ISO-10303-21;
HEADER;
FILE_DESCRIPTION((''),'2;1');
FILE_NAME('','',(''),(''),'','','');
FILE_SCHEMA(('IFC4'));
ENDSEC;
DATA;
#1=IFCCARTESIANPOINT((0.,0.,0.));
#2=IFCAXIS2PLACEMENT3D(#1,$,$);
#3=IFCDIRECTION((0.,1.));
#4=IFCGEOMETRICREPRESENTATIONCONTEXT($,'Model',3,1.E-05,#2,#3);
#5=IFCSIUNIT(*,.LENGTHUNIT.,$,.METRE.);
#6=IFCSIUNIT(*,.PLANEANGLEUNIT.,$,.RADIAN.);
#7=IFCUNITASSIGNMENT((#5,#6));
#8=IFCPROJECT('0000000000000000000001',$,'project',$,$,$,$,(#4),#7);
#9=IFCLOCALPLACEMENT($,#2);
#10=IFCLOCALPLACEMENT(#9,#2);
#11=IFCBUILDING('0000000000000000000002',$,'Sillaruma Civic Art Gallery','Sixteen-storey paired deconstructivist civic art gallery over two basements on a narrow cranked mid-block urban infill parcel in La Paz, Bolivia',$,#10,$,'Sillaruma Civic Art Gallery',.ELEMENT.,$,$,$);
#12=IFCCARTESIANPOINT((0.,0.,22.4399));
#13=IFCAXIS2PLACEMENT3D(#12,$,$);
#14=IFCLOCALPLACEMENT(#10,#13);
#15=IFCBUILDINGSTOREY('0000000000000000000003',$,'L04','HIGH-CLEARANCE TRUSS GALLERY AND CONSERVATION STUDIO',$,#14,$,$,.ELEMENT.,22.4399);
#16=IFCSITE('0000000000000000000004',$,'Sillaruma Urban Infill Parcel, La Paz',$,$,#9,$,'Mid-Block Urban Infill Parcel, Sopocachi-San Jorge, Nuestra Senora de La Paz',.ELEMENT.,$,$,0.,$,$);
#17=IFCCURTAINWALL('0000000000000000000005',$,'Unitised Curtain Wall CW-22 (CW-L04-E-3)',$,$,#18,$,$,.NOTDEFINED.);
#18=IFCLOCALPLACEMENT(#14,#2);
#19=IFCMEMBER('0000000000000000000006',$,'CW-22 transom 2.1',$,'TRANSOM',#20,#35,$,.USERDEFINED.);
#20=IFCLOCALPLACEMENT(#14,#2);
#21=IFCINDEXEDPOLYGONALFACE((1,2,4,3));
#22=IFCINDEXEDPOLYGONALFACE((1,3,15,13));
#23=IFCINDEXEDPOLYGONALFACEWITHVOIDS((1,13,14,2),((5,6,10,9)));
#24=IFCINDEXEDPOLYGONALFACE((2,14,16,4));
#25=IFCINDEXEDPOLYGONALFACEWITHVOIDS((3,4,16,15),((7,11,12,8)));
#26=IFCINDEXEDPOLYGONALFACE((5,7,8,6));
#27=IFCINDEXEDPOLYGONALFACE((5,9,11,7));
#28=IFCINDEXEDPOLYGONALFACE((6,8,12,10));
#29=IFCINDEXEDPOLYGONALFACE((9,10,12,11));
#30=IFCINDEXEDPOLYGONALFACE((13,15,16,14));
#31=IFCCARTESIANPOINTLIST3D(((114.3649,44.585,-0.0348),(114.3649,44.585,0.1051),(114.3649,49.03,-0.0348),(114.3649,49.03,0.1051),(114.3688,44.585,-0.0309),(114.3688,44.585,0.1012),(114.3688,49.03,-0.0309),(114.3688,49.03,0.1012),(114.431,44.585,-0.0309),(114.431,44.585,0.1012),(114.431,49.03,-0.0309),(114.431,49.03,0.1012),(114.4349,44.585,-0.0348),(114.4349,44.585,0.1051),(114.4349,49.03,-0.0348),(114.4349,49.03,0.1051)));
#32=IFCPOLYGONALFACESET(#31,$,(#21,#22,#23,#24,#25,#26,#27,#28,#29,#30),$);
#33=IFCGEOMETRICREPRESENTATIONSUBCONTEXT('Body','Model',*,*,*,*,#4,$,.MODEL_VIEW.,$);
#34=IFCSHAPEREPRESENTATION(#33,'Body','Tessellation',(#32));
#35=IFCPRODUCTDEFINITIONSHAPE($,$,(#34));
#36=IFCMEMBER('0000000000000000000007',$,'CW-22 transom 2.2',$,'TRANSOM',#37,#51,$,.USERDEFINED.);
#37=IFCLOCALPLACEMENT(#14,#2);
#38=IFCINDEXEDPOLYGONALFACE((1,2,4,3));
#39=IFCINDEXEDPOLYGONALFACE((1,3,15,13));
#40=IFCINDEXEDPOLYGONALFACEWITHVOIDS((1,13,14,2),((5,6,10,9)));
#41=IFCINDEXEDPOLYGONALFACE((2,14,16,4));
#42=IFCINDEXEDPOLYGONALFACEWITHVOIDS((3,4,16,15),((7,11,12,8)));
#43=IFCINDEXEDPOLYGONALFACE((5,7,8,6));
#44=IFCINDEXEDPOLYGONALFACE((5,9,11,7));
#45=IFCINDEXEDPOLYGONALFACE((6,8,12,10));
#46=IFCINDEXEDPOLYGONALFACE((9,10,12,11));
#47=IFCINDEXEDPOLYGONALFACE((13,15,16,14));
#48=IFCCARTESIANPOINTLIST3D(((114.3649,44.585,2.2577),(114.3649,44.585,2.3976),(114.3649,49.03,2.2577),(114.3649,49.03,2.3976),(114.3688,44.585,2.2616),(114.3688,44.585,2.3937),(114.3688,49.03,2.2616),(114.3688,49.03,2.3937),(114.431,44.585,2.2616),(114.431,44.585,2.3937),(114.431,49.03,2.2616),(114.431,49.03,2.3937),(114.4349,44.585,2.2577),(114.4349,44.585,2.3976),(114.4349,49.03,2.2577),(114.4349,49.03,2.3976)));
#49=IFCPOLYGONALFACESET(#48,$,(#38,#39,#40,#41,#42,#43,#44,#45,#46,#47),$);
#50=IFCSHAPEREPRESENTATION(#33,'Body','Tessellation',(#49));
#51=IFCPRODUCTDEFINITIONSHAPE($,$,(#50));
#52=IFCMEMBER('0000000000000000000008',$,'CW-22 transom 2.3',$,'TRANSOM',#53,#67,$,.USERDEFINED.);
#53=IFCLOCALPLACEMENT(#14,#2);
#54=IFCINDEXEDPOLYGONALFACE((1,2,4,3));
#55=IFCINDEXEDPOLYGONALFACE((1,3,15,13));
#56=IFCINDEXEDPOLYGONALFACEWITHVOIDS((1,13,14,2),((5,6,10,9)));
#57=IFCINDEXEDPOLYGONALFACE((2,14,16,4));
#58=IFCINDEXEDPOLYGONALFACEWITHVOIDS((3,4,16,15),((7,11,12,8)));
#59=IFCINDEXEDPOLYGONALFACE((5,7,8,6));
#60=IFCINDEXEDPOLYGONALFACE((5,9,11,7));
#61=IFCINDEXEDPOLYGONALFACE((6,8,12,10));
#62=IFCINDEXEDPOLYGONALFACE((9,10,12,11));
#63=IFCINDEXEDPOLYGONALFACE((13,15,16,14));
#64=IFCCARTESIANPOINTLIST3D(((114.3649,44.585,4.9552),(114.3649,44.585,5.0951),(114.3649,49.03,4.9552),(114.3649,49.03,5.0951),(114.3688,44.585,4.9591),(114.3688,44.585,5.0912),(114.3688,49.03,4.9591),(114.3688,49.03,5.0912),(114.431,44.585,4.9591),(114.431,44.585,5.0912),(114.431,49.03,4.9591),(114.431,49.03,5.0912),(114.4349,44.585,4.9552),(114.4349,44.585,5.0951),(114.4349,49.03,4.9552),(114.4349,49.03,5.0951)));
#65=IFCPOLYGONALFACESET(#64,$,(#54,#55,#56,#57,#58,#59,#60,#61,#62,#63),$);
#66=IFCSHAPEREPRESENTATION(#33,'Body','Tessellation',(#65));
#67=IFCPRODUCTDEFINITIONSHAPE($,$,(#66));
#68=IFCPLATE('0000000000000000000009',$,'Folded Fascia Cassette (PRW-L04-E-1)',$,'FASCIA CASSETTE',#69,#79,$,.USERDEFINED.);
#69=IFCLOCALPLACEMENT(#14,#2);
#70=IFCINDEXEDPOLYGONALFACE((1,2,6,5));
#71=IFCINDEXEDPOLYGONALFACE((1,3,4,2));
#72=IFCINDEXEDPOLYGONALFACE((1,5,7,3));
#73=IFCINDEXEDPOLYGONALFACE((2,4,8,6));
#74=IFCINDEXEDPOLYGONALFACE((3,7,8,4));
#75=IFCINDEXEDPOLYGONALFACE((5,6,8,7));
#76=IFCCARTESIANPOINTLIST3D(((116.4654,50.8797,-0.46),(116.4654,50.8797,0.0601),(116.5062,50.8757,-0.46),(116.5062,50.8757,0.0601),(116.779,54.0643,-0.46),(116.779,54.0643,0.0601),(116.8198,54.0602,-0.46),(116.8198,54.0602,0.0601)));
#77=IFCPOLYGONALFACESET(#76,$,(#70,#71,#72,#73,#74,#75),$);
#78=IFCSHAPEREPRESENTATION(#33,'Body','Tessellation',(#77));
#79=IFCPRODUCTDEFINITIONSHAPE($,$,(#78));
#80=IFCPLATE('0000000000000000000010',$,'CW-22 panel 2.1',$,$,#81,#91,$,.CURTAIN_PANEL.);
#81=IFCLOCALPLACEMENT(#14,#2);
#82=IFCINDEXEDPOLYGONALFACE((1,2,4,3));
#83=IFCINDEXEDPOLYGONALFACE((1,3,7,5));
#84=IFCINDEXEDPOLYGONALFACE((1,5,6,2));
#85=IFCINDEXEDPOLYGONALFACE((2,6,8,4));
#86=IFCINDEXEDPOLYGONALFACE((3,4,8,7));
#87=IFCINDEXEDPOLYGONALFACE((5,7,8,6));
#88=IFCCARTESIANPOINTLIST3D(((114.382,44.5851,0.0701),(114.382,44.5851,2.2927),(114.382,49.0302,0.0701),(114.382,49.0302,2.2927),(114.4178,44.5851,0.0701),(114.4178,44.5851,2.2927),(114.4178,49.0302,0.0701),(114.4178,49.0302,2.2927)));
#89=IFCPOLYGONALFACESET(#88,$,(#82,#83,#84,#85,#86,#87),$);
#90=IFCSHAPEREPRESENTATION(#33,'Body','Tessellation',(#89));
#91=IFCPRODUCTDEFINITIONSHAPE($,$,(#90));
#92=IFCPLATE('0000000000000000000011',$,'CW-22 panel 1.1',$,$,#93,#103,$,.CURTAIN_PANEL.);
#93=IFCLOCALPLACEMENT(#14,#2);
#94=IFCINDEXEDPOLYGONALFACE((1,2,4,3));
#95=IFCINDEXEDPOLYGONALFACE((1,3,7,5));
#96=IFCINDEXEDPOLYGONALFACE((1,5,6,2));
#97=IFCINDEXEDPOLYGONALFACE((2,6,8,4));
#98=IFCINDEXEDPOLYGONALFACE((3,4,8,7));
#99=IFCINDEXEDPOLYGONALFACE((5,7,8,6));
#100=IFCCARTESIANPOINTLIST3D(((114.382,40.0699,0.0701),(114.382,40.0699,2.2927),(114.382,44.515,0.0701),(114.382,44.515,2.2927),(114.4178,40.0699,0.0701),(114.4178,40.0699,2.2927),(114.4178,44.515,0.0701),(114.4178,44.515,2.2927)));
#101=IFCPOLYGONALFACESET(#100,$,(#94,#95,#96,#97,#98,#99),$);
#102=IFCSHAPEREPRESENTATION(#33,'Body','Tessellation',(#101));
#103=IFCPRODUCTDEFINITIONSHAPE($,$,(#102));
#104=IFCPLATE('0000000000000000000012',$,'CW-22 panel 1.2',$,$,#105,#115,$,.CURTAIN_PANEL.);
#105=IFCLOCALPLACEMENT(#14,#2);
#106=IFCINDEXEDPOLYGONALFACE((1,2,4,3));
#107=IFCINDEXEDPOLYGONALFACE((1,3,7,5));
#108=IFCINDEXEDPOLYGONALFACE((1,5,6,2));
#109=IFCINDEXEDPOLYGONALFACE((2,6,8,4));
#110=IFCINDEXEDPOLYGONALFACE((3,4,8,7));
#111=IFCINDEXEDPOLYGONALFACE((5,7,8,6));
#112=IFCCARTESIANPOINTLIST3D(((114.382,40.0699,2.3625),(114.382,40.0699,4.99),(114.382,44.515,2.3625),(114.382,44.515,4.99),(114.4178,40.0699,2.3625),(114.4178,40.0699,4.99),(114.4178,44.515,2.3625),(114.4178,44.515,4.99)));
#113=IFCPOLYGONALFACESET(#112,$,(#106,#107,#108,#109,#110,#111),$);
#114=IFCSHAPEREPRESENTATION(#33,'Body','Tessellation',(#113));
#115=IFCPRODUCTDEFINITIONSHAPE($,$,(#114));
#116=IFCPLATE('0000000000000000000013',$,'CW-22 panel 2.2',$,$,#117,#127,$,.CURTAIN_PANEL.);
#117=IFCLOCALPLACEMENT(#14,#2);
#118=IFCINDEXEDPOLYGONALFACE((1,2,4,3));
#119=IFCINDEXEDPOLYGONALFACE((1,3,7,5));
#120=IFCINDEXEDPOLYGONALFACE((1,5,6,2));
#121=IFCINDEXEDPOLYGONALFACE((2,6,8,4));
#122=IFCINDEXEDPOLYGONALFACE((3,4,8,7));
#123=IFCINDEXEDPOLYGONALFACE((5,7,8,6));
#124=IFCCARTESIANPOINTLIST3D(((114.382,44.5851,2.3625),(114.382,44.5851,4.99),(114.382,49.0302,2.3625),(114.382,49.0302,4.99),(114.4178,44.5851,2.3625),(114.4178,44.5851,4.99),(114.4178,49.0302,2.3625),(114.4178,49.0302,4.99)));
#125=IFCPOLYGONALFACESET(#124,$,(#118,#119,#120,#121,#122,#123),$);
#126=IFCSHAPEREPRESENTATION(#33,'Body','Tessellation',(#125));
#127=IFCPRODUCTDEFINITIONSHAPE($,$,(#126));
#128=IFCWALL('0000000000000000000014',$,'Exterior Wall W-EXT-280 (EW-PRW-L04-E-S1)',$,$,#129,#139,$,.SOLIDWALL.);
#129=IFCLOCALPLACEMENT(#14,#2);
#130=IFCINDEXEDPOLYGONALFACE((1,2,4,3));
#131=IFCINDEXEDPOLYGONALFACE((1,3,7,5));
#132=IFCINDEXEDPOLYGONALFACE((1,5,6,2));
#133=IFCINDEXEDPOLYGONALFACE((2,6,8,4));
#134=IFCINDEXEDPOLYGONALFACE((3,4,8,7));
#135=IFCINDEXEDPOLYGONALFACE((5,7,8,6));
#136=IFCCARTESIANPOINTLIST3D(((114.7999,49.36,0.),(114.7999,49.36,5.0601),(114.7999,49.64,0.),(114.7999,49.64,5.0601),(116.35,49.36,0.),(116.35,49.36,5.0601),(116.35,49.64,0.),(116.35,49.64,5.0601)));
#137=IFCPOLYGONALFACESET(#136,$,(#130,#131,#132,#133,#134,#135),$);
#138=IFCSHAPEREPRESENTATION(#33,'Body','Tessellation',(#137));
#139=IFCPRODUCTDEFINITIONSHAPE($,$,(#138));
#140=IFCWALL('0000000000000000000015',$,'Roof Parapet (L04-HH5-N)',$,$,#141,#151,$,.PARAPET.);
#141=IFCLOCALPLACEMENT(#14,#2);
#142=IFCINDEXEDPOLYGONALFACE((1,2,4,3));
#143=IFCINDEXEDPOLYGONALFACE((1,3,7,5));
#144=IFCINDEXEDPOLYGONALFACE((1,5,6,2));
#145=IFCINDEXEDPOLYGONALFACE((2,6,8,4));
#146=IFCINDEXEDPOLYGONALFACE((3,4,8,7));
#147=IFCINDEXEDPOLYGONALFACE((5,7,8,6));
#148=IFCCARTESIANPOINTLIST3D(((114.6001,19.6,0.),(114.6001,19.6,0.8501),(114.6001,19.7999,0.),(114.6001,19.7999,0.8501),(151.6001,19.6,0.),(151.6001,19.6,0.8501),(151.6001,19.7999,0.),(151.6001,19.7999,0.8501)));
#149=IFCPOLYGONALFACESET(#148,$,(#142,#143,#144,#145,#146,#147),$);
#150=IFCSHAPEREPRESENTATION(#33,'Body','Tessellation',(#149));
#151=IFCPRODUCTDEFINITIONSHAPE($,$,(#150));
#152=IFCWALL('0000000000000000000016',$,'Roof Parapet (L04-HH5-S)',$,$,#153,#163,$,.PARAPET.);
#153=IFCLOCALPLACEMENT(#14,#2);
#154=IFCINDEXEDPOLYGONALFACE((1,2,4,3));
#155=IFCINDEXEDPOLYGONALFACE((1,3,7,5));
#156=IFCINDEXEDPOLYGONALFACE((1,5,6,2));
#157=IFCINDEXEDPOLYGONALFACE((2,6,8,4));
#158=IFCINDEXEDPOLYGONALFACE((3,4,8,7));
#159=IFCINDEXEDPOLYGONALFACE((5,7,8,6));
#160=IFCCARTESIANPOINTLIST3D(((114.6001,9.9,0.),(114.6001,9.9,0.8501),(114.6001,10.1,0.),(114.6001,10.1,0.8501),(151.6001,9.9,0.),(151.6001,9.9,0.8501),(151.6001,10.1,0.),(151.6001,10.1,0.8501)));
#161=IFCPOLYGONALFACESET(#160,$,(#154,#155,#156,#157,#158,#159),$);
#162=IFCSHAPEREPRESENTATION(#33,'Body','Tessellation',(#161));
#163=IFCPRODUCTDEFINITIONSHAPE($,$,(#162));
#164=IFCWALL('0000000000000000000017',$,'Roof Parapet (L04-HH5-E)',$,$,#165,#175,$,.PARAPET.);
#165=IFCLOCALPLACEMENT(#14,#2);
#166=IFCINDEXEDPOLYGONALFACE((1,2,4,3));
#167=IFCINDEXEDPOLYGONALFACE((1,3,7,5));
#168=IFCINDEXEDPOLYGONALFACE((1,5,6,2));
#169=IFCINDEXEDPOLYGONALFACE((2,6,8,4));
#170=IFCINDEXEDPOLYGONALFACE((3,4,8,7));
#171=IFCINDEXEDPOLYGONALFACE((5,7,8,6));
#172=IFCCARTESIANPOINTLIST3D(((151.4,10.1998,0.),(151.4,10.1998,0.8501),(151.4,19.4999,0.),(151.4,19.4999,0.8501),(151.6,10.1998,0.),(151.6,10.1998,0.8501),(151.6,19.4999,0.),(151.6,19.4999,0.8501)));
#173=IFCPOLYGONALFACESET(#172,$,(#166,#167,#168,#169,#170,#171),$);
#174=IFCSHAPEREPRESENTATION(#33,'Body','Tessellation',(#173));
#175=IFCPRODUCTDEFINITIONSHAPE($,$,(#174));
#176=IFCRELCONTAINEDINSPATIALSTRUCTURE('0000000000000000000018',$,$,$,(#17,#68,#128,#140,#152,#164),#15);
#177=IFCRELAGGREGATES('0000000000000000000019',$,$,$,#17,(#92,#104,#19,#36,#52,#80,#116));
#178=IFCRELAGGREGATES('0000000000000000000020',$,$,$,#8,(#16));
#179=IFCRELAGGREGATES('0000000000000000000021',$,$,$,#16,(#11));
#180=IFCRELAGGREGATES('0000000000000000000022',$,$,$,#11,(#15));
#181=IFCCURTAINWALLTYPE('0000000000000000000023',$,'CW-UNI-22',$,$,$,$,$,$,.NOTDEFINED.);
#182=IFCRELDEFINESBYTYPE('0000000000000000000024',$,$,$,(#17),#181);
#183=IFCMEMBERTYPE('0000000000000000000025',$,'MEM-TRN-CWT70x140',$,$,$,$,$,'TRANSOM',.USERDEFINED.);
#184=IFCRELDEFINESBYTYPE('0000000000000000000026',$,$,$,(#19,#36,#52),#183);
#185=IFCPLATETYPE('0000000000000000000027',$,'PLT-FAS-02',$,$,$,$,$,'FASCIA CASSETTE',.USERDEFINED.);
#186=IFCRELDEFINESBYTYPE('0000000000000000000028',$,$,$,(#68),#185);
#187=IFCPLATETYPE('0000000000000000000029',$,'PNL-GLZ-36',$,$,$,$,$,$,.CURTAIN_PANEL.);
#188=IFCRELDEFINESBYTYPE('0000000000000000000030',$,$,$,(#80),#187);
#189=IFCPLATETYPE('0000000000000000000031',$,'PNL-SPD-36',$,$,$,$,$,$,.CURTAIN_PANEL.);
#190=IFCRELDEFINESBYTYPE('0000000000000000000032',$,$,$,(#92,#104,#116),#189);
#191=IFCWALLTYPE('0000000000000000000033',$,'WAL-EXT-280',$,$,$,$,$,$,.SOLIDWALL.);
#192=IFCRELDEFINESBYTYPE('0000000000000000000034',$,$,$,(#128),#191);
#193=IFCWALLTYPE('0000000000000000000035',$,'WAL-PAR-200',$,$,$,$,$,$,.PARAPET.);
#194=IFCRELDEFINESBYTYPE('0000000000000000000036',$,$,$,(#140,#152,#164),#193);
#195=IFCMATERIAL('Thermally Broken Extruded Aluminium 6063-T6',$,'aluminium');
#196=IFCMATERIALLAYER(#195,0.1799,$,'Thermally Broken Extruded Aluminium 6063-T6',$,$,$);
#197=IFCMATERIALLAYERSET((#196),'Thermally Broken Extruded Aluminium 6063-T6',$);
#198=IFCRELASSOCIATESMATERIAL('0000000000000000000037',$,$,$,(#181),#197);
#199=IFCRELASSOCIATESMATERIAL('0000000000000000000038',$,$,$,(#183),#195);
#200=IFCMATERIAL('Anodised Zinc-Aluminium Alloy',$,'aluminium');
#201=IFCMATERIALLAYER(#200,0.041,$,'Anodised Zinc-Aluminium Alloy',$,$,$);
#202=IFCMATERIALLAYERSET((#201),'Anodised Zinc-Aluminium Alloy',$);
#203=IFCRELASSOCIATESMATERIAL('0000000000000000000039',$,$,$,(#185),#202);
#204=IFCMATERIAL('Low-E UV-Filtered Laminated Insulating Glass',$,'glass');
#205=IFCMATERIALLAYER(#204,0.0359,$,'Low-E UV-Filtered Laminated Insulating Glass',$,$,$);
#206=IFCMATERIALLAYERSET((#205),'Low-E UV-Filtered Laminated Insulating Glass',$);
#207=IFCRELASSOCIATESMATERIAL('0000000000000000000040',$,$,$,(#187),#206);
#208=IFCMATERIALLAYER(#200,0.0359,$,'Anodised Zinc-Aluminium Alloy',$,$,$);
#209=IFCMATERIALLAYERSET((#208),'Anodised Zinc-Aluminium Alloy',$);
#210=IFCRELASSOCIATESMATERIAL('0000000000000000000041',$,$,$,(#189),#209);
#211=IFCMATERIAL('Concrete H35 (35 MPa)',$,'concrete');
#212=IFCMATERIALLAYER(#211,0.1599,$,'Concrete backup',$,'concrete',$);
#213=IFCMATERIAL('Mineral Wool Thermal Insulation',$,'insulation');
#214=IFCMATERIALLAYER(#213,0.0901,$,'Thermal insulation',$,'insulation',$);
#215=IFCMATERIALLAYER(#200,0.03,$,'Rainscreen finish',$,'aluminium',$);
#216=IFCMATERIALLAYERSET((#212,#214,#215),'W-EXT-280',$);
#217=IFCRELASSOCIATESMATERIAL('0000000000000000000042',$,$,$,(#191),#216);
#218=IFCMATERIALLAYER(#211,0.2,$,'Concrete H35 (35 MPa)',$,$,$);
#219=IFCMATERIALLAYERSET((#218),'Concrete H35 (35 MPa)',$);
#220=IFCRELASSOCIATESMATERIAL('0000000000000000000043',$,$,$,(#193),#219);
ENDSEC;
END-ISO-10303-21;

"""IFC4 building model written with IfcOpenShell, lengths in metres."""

from ifc_helpers import new_model, si_unit, direction, frame, frame_2d, origin, origin_2d, place, context, subcontext, project, spatial, rectangle, hollow_rectangle, extrude, material, layer, layer_set, material_profile, profile_set, type_object, element, aggregate, save


model = new_model("IFC4")

# Units and contexts
model_context = context("Model", 3, precision=1e-05, world=origin(), true_north=direction((0.0, 1.0)))
body_context = subcontext(model_context, "Body", "Model", "MODEL_VIEW")
ifc_project = project(units=[si_unit("LENGTHUNIT", "METRE"), si_unit("PLANEANGLEUNIT", "RADIAN")], contexts=[model_context])

# Site, building, storey
site_placement = place(None, origin())
site = spatial("IfcSite", under=ifc_project, at=site_placement, Name="Sillaruma Urban Infill Parcel, La Paz", LongName="Mid-Block Urban Infill Parcel, Sopocachi-San Jorge, Nuestra Senora de La Paz", CompositionType="ELEMENT", RefElevation=0.0)
building_placement = place(site_placement, origin())
building = spatial("IfcBuilding", under=site, at=building_placement, Name="Sillaruma Civic Art Gallery", Description="Sixteen-storey paired deconstructivist civic art gallery over two basements on a narrow cranked mid-block urban infill parcel in La Paz, Bolivia", LongName="Sillaruma Civic Art Gallery", CompositionType="ELEMENT")
storey_placement = place(building_placement, frame((0.0, 0.0, 22.4399)))
storey = spatial("IfcBuildingStorey", under=building, at=storey_placement, Name="L04", Description="HIGH-CLEARANCE TRUSS GALLERY AND CONSERVATION STUDIO", CompositionType="ELEMENT", Elevation=22.4399)

# Shared definitions
ifc_material_1 = material(Name="Concrete H35 (35 MPa)", Category="concrete")

# Shared definitions
ifc_material_2 = material(Name="Thermally Broken Extruded Aluminium 6063-T6", Category="aluminium")

# Curtain wall
ifc_layer_1 = layer(ifc_material_2, 0.1799, Name="Thermally Broken Extruded Aluminium 6063-T6")
ifc_layer_set_1 = layer_set([ifc_layer_1], Name="Thermally Broken Extruded Aluminium 6063-T6")
curtain_wall_type_1 = type_object("IfcCurtainWallType", Name="CW-UNI-22", PredefinedType="NOTDEFINED", material=ifc_layer_set_1)
curtain_wall_1_placement = place(storey_placement, origin())
curtain_wall_1 = element("IfcCurtainWall", 1, at=curtain_wall_1_placement, inside=storey, type_object=curtain_wall_type_1, Name="Unitised Curtain Wall CW-22 (CW-L04-E-3)", PredefinedType="NOTDEFINED")

# Members
ifc_material_profile_1 = material_profile(ifc_material_2, hollow_rectangle(XDim=0.0701, YDim=0.1399, WallThickness=0.0039, at=origin_2d()), Name="CWT70x140")
ifc_profile_set_1 = profile_set([ifc_material_profile_1], Name="Thermally Broken Extruded Aluminium 6063-T6")
member_type_1 = type_object("IfcMemberType", Name="MEM-TRN-CWT70x140", ElementType="TRANSOM", PredefinedType="USERDEFINED", material=ifc_profile_set_1)
member_1_placement = place(storey_placement, frame((114.3999, 44.585, 0.0352), z_axis=(0.0, 1.0, 0.0), x_axis=(-1.0, 0.0, 0.0)))
member_1 = element("IfcMember", 2, at=member_1_placement, type_object=member_type_1, Name="CW-22 transom 2.1", ObjectType="TRANSOM", PredefinedType="USERDEFINED", context=body_context, shape_type="SweptSolid", body=[
    extrude(hollow_rectangle(XDim=0.0701, YDim=0.1399, WallThickness=0.0039, at=origin_2d()), origin(), (0.0, 0.0, 1.0), 4.4451),
])
member_2_placement = place(storey_placement, frame((114.3999, 44.585, 2.3276), z_axis=(0.0, 1.0, 0.0), x_axis=(-1.0, 0.0, 0.0)))
member_2 = element("IfcMember", 3, at=member_2_placement, type_object=member_type_1, Name="CW-22 transom 2.2", ObjectType="TRANSOM", PredefinedType="USERDEFINED", context=body_context, shape_type="SweptSolid", body=[
    extrude(hollow_rectangle(XDim=0.0701, YDim=0.1399, WallThickness=0.0039, at=origin_2d()), origin(), (0.0, 0.0, 1.0), 4.4451),
])
member_3_placement = place(storey_placement, frame((114.3999, 44.585, 5.0251), z_axis=(0.0, 1.0, 0.0), x_axis=(-1.0, 0.0, 0.0)))
member_3 = element("IfcMember", 4, at=member_3_placement, type_object=member_type_1, Name="CW-22 transom 2.3", ObjectType="TRANSOM", PredefinedType="USERDEFINED", context=body_context, shape_type="SweptSolid", body=[
    extrude(hollow_rectangle(XDim=0.0701, YDim=0.1399, WallThickness=0.0039, at=origin_2d()), origin(), (0.0, 0.0, 1.0), 4.4451),
])

# Plates
ifc_material_3 = material(Name="Anodised Zinc-Aluminium Alloy", Category="aluminium")
ifc_layer_2 = layer(ifc_material_3, 0.041, Name="Anodised Zinc-Aluminium Alloy")
ifc_layer_set_2 = layer_set([ifc_layer_2], Name="Anodised Zinc-Aluminium Alloy")
plate_type_1 = type_object("IfcPlateType", Name="PLT-FAS-02", ElementType="FASCIA CASSETTE", PredefinedType="USERDEFINED", material=ifc_layer_set_2)
plate_1_placement = place(storey_placement, frame((116.6426, 52.47, -0.46), z_axis=(0.0, 0.0, 1.0), x_axis=(0.098011, 0.995185, 0.0)))
element("IfcPlate", 5, at=plate_1_placement, inside=storey, type_object=plate_type_1, Name="Folded Fascia Cassette (PRW-L04-E-1)", ObjectType="FASCIA CASSETTE", PredefinedType="USERDEFINED", context=body_context, shape_type="SweptSolid", body=[
    extrude(rectangle(XDim=3.2, YDim=0.041, at=origin_2d()), origin(), (0.0, 0.0, 1.0), 0.52),
])
ifc_material_4 = material(Name="Low-E UV-Filtered Laminated Insulating Glass", Category="glass")
ifc_layer_3 = layer(ifc_material_4, 0.0359, Name="Low-E UV-Filtered Laminated Insulating Glass")
ifc_layer_set_3 = layer_set([ifc_layer_3], Name="Low-E UV-Filtered Laminated Insulating Glass")
plate_type_2 = type_object("IfcPlateType", Name="PNL-GLZ-36", PredefinedType="CURTAIN_PANEL", material=ifc_layer_set_3)
plate_2_placement = place(storey_placement, frame((114.3999, 46.8076, 0.0701), z_axis=(0.0, 0.0, 1.0), x_axis=(0.0, 1.0, 0.0)))
plate_2 = element("IfcPlate", 6, at=plate_2_placement, type_object=plate_type_2, Name="CW-22 panel 2.1", PredefinedType="CURTAIN_PANEL", context=body_context, shape_type="SweptSolid", body=[
    extrude(rectangle(XDim=4.4451, YDim=0.0359, at=origin_2d()), origin(), (0.0, 0.0, 1.0), 2.2227),
])
ifc_layer_4 = layer(ifc_material_3, 0.0359, Name="Anodised Zinc-Aluminium Alloy")
ifc_layer_set_4 = layer_set([ifc_layer_4], Name="Anodised Zinc-Aluminium Alloy")
plate_type_3 = type_object("IfcPlateType", Name="PNL-SPD-36", PredefinedType="CURTAIN_PANEL", material=ifc_layer_set_4)
plate_3_placement = place(storey_placement, frame((114.3999, 42.2925, 0.0701), z_axis=(0.0, 0.0, 1.0), x_axis=(0.0, 1.0, 0.0)))
plate_3 = element("IfcPlate", 7, at=plate_3_placement, type_object=plate_type_3, Name="CW-22 panel 1.1", PredefinedType="CURTAIN_PANEL", context=body_context, shape_type="SweptSolid", body=[
    extrude(rectangle(XDim=4.4451, YDim=0.0359, at=origin_2d()), origin(), (0.0, 0.0, 1.0), 2.2227),
])
plate_4_placement = place(storey_placement, frame((114.3999, 42.2925, 2.3625), z_axis=(0.0, 0.0, 1.0), x_axis=(0.0, 1.0, 0.0)))
plate_4 = element("IfcPlate", 8, at=plate_4_placement, type_object=plate_type_3, Name="CW-22 panel 1.2", PredefinedType="CURTAIN_PANEL", context=body_context, shape_type="SweptSolid", body=[
    extrude(rectangle(XDim=4.4451, YDim=0.0359, at=origin_2d()), origin(), (0.0, 0.0, 1.0), 2.6274),
])
plate_5_placement = place(storey_placement, frame((114.3999, 46.8076, 2.3625), z_axis=(0.0, 0.0, 1.0), x_axis=(0.0, 1.0, 0.0)))
plate_5 = element("IfcPlate", 9, at=plate_5_placement, type_object=plate_type_3, Name="CW-22 panel 2.2", PredefinedType="CURTAIN_PANEL", context=body_context, shape_type="SweptSolid", body=[
    extrude(rectangle(XDim=4.4451, YDim=0.0359, at=origin_2d()), origin(), (0.0, 0.0, 1.0), 2.6274),
])
aggregate(curtain_wall_1, [plate_3, plate_4, member_1, member_2, member_3, plate_2, plate_5])

# Walls
ifc_layer_5 = layer(ifc_material_1, 0.1599, Name="Concrete backup", Category="concrete")
ifc_material_5 = material(Name="Mineral Wool Thermal Insulation", Category="insulation")
ifc_layer_6 = layer(ifc_material_5, 0.0901, Name="Thermal insulation", Category="insulation")
ifc_layer_7 = layer(ifc_material_3, 0.03, Name="Rainscreen finish", Category="aluminium")
ifc_layer_set_5 = layer_set([ifc_layer_5, ifc_layer_6, ifc_layer_7], Name="W-EXT-280")
wall_type_1 = type_object("IfcWallType", Name="WAL-EXT-280", PredefinedType="SOLIDWALL", material=ifc_layer_set_5)
wall_1_placement = place(storey_placement, frame((114.8, 49.5, 0.0), z_axis=(0.0, 0.0, 1.0), x_axis=(1.0, 0.0, 0.0)))
element("IfcWall", 10, at=wall_1_placement, inside=storey, type_object=wall_type_1, Name="Exterior Wall W-EXT-280 (EW-PRW-L04-E-S1)", PredefinedType="SOLIDWALL", context=body_context, shape_type="SweptSolid", body=[
    extrude(rectangle(XDim=1.55, YDim=0.28, at=frame_2d((0.7749, 0.0))), origin(), (0.0, 0.0, 1.0), 5.0601),
])
ifc_layer_8 = layer(ifc_material_1, 0.2, Name="Concrete H35 (35 MPa)")
ifc_layer_set_6 = layer_set([ifc_layer_8], Name="Concrete H35 (35 MPa)")
wall_type_2 = type_object("IfcWallType", Name="WAL-PAR-200", PredefinedType="PARAPET", material=ifc_layer_set_6)
for number, where, z_axis, x_axis, name in (
    (11, (114.6001, 19.7, 0.0), (0.0, 0.0, 1.0), (1.0, 0.0, 0.0), "Roof Parapet (L04-HH5-N)"),
    (12, (114.6001, 10.0, 0.0), (0.0, 0.0, 1.0), (1.0, 0.0, 0.0), "Roof Parapet (L04-HH5-S)"),
):
    element("IfcWall", number, at=place(storey_placement, frame(where, z_axis=z_axis, x_axis=x_axis)), inside=storey, type_object=wall_type_2, Name=name, PredefinedType="PARAPET", context=body_context, shape_type="SweptSolid", body=[
        extrude(rectangle(XDim=37.0, YDim=0.2, at=frame_2d((18.5, 0.0))), origin(), (0.0, 0.0, 1.0), 0.8501),
    ])
wall_2_placement = place(storey_placement, frame((151.5, 10.2, 0.0), z_axis=(0.0, 0.0, 1.0), x_axis=(0.0, 1.0, 0.0)))
element("IfcWall", 13, at=wall_2_placement, inside=storey, type_object=wall_type_2, Name="Roof Parapet (L04-HH5-E)", PredefinedType="PARAPET", context=body_context, shape_type="SweptSolid", body=[
    extrude(rectangle(XDim=9.3, YDim=0.2, at=frame_2d((4.6499, 0.0))), origin(), (0.0, 0.0, 1.0), 0.8501),
])

save(model, "model.ifc")
